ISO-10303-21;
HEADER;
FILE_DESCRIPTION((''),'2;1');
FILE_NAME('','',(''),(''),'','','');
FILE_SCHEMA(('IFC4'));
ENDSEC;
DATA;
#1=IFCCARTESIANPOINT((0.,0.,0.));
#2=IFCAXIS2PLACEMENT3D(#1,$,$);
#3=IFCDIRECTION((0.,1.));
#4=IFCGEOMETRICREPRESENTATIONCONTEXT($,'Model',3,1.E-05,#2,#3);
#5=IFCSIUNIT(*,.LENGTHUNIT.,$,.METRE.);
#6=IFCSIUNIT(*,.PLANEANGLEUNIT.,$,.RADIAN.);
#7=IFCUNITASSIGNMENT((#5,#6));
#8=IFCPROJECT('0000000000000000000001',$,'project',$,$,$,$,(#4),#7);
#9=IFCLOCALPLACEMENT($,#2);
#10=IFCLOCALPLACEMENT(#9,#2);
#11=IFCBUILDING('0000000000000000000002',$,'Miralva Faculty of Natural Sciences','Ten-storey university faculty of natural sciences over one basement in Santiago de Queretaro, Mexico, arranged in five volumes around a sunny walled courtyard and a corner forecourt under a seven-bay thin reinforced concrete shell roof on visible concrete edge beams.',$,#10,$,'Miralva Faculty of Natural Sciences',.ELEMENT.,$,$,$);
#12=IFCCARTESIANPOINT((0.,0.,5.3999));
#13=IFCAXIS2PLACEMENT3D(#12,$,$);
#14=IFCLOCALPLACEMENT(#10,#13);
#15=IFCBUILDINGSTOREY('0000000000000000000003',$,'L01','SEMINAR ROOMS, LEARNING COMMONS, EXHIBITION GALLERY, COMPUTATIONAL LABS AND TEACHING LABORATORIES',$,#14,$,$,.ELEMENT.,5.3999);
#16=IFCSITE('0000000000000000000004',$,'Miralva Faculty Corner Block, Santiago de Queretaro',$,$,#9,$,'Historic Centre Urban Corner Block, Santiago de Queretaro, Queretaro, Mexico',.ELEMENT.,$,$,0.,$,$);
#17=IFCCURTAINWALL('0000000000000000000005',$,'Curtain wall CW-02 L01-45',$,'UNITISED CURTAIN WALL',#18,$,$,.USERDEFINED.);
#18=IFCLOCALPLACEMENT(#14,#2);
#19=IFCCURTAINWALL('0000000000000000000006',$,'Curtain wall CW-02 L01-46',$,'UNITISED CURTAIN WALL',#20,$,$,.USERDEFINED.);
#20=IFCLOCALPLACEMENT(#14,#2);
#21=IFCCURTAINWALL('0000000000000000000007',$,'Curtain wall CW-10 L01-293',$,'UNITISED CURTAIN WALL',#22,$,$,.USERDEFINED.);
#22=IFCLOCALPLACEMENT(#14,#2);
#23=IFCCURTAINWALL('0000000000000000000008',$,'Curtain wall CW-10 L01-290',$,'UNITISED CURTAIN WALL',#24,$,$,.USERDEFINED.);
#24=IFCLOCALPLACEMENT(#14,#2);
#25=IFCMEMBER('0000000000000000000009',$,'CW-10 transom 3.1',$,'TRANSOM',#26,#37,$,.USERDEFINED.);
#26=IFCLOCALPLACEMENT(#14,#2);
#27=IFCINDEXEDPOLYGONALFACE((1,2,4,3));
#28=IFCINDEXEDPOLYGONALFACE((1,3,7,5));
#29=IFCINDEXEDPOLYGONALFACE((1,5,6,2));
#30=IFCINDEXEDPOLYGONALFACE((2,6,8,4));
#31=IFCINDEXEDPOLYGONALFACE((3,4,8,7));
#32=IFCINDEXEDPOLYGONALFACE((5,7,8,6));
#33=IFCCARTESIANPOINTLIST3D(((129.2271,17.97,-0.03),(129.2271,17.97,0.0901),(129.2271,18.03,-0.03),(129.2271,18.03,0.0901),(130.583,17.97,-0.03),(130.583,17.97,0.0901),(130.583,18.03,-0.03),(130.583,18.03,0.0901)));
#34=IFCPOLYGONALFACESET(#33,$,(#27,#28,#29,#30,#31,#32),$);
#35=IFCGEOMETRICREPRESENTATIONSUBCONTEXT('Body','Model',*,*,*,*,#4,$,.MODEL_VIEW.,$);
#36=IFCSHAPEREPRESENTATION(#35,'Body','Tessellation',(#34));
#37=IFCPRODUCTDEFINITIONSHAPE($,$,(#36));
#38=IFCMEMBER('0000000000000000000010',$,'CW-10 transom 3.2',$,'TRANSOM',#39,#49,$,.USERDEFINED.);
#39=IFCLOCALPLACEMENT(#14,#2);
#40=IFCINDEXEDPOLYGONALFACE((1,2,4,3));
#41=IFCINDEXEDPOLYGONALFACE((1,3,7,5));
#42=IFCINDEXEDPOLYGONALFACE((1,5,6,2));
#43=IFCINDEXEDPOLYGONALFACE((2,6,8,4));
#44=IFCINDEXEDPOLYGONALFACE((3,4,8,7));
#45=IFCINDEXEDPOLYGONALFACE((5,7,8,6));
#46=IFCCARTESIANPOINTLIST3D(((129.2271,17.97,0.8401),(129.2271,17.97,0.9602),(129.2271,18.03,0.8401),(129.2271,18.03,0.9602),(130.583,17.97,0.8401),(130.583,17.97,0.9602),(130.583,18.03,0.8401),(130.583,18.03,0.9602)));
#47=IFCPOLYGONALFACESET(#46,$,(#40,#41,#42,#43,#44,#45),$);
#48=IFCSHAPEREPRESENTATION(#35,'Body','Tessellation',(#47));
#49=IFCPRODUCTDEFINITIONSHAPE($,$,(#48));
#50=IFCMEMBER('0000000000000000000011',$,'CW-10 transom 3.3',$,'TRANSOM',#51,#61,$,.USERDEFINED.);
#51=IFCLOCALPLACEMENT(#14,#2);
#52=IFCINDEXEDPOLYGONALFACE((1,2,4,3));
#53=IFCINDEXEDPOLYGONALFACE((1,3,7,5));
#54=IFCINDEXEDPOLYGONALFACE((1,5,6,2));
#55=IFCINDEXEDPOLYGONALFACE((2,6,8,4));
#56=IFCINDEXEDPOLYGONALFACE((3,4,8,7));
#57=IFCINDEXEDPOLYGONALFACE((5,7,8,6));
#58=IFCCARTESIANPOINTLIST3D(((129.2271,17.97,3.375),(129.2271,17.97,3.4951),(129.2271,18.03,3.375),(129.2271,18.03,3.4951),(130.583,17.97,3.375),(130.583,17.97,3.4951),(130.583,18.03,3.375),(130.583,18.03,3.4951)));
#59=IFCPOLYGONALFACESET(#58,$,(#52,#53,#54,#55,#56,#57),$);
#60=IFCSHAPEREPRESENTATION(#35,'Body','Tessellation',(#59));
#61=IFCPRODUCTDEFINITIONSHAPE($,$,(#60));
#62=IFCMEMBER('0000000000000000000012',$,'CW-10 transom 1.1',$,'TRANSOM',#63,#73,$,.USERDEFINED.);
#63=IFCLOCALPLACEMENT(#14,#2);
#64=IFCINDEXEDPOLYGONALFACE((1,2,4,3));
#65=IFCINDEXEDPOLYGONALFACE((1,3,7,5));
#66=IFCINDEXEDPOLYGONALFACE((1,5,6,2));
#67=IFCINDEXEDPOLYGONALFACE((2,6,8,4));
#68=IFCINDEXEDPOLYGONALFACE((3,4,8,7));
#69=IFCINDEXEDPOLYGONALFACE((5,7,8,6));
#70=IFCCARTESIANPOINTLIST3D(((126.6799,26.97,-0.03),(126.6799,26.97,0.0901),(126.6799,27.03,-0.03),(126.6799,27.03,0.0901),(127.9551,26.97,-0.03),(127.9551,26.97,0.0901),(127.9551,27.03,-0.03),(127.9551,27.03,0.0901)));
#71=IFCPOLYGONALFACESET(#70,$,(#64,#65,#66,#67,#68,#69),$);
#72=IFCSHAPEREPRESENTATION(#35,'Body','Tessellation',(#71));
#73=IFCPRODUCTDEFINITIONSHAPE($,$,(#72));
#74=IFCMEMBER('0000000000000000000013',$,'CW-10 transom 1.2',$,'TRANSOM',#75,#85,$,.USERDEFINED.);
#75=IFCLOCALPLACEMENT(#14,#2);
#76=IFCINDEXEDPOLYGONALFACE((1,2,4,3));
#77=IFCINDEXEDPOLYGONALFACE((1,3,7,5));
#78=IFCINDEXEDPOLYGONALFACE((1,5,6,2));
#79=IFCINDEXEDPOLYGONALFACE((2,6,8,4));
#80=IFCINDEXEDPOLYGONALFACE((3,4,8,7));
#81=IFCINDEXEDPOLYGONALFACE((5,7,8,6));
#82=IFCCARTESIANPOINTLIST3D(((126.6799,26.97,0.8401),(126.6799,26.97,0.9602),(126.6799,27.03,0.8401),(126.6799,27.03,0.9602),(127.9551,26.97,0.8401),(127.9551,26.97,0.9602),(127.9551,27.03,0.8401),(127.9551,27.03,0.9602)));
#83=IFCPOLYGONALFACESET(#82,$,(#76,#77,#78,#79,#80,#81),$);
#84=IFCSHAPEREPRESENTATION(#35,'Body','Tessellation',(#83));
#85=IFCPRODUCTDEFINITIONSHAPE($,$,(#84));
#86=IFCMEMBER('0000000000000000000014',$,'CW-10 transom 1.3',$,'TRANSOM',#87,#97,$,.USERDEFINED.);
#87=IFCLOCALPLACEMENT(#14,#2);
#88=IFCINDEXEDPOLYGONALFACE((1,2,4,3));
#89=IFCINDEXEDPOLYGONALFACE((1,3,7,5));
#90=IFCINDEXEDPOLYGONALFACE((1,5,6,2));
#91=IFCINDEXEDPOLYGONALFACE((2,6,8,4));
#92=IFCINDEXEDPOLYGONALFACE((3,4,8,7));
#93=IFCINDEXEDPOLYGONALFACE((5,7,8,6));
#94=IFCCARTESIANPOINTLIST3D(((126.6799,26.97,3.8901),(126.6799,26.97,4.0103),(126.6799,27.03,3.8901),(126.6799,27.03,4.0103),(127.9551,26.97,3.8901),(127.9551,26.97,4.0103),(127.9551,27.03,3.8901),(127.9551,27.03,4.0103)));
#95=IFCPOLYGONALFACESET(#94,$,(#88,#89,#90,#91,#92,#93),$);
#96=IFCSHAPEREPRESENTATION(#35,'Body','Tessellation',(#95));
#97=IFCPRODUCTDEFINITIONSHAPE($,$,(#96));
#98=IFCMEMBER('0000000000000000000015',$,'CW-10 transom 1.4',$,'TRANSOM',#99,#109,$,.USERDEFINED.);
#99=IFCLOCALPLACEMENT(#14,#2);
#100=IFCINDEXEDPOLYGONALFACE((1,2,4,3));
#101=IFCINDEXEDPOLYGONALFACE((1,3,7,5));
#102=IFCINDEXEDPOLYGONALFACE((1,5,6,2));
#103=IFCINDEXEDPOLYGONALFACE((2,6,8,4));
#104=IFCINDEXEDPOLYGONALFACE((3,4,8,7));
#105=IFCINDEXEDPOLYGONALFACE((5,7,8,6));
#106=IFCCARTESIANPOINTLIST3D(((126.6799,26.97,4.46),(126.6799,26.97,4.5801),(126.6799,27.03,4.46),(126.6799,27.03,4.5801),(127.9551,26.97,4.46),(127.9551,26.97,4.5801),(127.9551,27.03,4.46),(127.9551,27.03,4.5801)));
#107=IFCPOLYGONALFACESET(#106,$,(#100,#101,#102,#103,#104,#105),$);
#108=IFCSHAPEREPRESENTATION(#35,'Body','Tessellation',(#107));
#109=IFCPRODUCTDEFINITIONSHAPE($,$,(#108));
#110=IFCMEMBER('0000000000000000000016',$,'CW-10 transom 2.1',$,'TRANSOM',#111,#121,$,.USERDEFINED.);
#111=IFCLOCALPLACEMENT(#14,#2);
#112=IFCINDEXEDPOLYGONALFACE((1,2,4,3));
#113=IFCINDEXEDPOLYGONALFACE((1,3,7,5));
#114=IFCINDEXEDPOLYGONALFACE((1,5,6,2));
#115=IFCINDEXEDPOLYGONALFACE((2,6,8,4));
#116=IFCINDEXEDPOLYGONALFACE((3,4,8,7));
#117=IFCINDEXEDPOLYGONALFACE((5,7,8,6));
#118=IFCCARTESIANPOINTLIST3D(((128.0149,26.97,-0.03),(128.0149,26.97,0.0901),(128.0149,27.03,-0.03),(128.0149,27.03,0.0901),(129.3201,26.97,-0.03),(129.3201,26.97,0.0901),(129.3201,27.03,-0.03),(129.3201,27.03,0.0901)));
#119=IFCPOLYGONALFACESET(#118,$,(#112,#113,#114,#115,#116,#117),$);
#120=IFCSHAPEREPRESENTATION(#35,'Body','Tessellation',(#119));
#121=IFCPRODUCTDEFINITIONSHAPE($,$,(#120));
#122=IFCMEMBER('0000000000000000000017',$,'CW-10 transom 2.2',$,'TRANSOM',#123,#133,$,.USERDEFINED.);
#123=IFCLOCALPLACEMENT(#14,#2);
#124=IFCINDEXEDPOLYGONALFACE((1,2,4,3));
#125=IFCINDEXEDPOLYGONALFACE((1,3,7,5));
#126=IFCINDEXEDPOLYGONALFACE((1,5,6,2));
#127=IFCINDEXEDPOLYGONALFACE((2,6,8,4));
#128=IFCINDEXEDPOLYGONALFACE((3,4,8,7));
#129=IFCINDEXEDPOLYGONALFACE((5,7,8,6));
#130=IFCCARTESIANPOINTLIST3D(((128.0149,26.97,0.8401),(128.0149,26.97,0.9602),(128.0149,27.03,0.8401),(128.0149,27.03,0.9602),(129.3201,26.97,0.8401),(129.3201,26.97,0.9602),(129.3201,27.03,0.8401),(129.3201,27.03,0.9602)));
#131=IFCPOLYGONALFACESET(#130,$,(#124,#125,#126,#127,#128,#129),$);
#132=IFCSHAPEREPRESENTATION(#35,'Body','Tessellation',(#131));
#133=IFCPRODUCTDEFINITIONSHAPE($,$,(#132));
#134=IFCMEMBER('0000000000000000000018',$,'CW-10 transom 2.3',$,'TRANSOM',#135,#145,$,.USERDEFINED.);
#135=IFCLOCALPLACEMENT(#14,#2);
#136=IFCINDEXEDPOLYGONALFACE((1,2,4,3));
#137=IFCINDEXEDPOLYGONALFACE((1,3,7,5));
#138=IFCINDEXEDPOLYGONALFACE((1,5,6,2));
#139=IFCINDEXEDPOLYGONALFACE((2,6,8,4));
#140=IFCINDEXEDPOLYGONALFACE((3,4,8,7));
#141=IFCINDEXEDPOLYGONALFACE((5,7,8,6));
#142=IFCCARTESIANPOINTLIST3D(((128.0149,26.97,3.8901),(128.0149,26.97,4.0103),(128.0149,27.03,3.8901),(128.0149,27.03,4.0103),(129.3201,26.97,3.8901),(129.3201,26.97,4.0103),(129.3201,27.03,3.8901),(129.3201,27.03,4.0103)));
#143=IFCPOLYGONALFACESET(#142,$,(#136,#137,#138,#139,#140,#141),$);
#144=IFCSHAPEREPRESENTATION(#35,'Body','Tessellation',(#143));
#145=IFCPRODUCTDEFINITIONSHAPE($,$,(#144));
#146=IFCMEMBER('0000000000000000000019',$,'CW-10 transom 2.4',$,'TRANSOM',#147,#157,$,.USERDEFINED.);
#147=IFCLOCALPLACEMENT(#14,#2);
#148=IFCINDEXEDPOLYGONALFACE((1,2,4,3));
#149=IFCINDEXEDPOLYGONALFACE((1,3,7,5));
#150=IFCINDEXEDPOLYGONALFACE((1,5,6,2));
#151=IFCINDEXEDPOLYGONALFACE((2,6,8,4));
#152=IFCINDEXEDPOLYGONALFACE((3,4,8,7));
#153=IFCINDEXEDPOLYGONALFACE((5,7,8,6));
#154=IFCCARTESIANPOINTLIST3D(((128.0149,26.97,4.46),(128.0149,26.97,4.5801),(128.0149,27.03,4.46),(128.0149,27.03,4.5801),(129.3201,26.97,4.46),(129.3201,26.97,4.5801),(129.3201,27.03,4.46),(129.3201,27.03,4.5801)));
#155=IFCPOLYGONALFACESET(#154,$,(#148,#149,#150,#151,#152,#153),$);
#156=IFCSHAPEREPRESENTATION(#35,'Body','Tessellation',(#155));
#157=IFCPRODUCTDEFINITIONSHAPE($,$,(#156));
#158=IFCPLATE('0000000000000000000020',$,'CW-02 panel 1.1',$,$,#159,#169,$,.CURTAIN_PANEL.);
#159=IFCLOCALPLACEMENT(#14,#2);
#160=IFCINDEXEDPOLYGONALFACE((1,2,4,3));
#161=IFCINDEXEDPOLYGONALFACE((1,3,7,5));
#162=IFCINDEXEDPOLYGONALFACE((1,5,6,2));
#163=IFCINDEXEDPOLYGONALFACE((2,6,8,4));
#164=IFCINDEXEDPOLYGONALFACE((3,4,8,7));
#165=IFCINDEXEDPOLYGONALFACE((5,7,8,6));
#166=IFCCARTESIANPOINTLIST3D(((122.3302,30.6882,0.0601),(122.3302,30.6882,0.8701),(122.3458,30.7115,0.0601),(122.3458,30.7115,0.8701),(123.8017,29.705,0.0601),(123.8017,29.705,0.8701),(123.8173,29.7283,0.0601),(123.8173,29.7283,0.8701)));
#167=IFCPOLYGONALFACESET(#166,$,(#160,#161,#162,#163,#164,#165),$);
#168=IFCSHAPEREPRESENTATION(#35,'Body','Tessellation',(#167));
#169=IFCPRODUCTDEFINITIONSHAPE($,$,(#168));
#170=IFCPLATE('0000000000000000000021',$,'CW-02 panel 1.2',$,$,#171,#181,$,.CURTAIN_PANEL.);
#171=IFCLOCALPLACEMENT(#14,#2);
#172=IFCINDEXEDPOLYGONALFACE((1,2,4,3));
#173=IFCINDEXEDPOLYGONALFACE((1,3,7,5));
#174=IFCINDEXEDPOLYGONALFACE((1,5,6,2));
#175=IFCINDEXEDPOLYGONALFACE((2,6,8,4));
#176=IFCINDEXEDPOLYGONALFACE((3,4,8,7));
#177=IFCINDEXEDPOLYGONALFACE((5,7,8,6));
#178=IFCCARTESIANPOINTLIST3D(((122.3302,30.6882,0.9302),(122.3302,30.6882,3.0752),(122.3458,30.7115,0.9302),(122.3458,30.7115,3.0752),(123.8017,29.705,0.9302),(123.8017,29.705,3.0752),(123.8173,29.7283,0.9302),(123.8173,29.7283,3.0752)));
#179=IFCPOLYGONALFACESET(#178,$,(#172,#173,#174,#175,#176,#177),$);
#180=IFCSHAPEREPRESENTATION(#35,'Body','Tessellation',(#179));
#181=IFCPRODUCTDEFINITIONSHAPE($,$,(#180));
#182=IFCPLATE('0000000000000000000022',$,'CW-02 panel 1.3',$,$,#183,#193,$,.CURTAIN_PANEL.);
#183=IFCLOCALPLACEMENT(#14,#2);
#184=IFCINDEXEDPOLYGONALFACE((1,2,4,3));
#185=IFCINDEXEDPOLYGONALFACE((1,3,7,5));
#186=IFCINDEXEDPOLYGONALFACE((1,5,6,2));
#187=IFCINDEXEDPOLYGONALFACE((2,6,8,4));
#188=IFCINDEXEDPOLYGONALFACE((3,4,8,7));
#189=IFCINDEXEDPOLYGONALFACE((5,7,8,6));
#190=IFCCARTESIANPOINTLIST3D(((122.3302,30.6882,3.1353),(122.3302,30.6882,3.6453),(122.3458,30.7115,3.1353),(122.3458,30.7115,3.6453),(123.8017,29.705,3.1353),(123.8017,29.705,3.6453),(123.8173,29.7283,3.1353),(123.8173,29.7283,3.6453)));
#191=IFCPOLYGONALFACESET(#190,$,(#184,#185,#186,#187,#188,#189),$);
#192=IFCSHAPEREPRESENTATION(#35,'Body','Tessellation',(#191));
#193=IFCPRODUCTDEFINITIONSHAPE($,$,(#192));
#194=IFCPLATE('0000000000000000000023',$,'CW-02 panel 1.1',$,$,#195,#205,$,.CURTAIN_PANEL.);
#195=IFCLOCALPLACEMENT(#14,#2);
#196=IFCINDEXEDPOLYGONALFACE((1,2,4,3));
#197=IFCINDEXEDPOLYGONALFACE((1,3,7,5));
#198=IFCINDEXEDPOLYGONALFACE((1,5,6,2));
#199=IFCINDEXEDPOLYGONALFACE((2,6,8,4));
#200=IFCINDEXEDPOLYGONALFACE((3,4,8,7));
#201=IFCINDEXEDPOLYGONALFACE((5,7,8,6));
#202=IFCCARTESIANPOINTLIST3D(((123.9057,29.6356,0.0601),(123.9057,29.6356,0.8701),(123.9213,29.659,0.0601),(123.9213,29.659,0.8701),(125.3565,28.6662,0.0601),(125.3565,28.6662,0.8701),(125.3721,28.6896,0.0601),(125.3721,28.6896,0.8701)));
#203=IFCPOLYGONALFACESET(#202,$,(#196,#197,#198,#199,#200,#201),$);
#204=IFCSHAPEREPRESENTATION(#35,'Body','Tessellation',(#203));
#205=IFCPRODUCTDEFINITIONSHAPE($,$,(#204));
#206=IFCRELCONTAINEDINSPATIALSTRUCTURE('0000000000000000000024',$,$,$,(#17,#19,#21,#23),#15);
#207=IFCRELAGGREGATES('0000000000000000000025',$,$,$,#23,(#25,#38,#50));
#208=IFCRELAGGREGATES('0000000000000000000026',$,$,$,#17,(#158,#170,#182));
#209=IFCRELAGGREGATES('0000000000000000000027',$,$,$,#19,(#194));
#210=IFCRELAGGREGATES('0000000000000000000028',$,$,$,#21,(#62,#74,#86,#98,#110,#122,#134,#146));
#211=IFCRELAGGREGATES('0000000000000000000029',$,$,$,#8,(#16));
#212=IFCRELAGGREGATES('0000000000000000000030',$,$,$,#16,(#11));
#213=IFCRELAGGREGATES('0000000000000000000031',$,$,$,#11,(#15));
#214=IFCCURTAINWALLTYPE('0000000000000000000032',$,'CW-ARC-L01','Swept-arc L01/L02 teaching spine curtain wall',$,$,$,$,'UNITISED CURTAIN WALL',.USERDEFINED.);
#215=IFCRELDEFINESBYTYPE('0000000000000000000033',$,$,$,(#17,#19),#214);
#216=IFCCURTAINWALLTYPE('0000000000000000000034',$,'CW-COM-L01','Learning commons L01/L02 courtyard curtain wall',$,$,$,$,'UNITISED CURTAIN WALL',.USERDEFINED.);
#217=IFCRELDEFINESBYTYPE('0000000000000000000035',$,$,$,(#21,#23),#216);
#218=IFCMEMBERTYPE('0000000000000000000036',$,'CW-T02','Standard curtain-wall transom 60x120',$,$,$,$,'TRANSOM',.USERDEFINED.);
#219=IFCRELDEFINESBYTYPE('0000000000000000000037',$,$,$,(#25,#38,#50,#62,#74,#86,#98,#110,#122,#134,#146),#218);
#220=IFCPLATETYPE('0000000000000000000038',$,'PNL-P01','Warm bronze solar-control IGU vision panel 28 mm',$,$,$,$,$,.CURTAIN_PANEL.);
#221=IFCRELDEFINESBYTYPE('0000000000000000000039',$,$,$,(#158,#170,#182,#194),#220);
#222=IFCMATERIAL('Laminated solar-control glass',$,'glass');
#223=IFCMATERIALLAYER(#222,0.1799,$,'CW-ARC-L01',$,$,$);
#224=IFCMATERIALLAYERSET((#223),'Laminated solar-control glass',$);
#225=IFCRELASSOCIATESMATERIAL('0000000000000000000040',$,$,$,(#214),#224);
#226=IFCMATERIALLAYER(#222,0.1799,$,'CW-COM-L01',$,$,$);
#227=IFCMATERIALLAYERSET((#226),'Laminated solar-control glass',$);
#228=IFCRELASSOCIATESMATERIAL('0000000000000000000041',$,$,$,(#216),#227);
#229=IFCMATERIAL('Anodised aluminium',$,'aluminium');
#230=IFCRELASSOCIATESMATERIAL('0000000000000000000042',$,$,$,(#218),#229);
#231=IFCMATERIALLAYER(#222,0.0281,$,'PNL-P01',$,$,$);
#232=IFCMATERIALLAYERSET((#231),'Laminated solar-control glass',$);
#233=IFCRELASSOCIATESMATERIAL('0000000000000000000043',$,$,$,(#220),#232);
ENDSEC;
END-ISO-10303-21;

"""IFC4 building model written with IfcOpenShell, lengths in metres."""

from ifc_helpers import new_model, si_unit, direction, frame, origin, origin_2d, place, context, subcontext, project, spatial, rectangle, extrude, material, layer, layer_set, material_profile, profile_set, type_object, element, aggregate, save


model = new_model("IFC4")

# Units and contexts
model_context = context("Model", 3, precision=1e-05, world=origin(), true_north=direction((0.0, 1.0)))
body_context = subcontext(model_context, "Body", "Model", "MODEL_VIEW")
ifc_project = project(units=[si_unit("LENGTHUNIT", "METRE"), si_unit("PLANEANGLEUNIT", "RADIAN")], contexts=[model_context])

# Site, building, storey
site_placement = place(None, origin())
site = spatial("IfcSite", under=ifc_project, at=site_placement, Name="Miralva Faculty Corner Block, Santiago de Queretaro", LongName="Historic Centre Urban Corner Block, Santiago de Queretaro, Queretaro, Mexico", CompositionType="ELEMENT", RefElevation=0.0)
building_placement = place(site_placement, origin())
building = spatial("IfcBuilding", under=site, at=building_placement, Name="Miralva Faculty of Natural Sciences", Description="Ten-storey university faculty of natural sciences over one basement in Santiago de Queretaro, Mexico, arranged in five volumes around a sunny walled courtyard and a corner forecourt under a seven-bay thin reinforced concrete shell roof on visible concrete edge beams.", LongName="Miralva Faculty of Natural Sciences", CompositionType="ELEMENT")
storey_placement = place(building_placement, frame((0.0, 0.0, 5.3999)))
storey = spatial("IfcBuildingStorey", under=building, at=storey_placement, Name="L01", Description="SEMINAR ROOMS, LEARNING COMMONS, EXHIBITION GALLERY, COMPUTATIONAL LABS AND TEACHING LABORATORIES", CompositionType="ELEMENT", Elevation=5.3999)

# Curtain wall
ifc_material_1 = material(Name="Laminated solar-control glass", Category="glass")
ifc_layer_1 = layer(ifc_material_1, 0.1799, Name="CW-ARC-L01")
ifc_layer_set_1 = layer_set([ifc_layer_1], Name="Laminated solar-control glass")
curtain_wall_type_1 = type_object("IfcCurtainWallType", Name="CW-ARC-L01", Description="Swept-arc L01/L02 teaching spine curtain wall", ElementType="UNITISED CURTAIN WALL", PredefinedType="USERDEFINED", material=ifc_layer_set_1)
curtain_wall_1_placement = place(storey_placement, origin())
curtain_wall_1 = element("IfcCurtainWall", 1, at=curtain_wall_1_placement, inside=storey, type_object=curtain_wall_type_1, Name="Curtain wall CW-02 L01-45", ObjectType="UNITISED CURTAIN WALL", PredefinedType="USERDEFINED")
ifc_material_2 = material(Name="Anodised aluminium", Category="aluminium")

# Curtain walls
curtain_wall_2_placement = place(storey_placement, origin())
curtain_wall_2 = element("IfcCurtainWall", 2, at=curtain_wall_2_placement, inside=storey, type_object=curtain_wall_type_1, Name="Curtain wall CW-02 L01-46", ObjectType="UNITISED CURTAIN WALL", PredefinedType="USERDEFINED")
ifc_layer_2 = layer(ifc_material_1, 0.1799, Name="CW-COM-L01")
ifc_layer_set_2 = layer_set([ifc_layer_2], Name="Laminated solar-control glass")
curtain_wall_type_2 = type_object("IfcCurtainWallType", Name="CW-COM-L01", Description="Learning commons L01/L02 courtyard curtain wall", ElementType="UNITISED CURTAIN WALL", PredefinedType="USERDEFINED", material=ifc_layer_set_2)
curtain_wall_3_placement = place(storey_placement, origin())
curtain_wall_3 = element("IfcCurtainWall", 3, at=curtain_wall_3_placement, inside=storey, type_object=curtain_wall_type_2, Name="Curtain wall CW-10 L01-293", ObjectType="UNITISED CURTAIN WALL", PredefinedType="USERDEFINED")

# Shared definitions
ifc_material_profile_1 = material_profile(ifc_material_2, rectangle(XDim=0.0601, YDim=0.1201, at=origin_2d()), Name="TRANSOM 60x120")
ifc_profile_set_1 = profile_set([ifc_material_profile_1], Name="Anodised aluminium")
member_type_1 = type_object("IfcMemberType", Name="CW-T02", Description="Standard curtain-wall transom 60x120", ElementType="TRANSOM", PredefinedType="USERDEFINED", material=ifc_profile_set_1)

# Curtain wall, members
curtain_wall_4_placement = place(storey_placement, origin())
curtain_wall_4 = element("IfcCurtainWall", 4, at=curtain_wall_4_placement, inside=storey, type_object=curtain_wall_type_2, Name="Curtain wall CW-10 L01-290", ObjectType="UNITISED CURTAIN WALL", PredefinedType="USERDEFINED")
member_1_placement = place(storey_placement, frame((129.2271, 18.0, 0.03), z_axis=(1.0, 0.0, 0.0), x_axis=(0.0, 1.0, 0.0)))
member_1 = element("IfcMember", 5, at=member_1_placement, type_object=member_type_1, Name="CW-10 transom 3.1", ObjectType="TRANSOM", PredefinedType="USERDEFINED", context=body_context, shape_type="SweptSolid", body=[
    extrude(rectangle(XDim=0.0601, YDim=0.1201, at=origin_2d()), origin(), (0.0, 0.0, 1.0), 1.356),
])
member_2_placement = place(storey_placement, frame((129.2271, 18.0, 0.9001), z_axis=(1.0, 0.0, 0.0), x_axis=(0.0, 1.0, 0.0)))
member_2 = element("IfcMember", 6, at=member_2_placement, type_object=member_type_1, Name="CW-10 transom 3.2", ObjectType="TRANSOM", PredefinedType="USERDEFINED", context=body_context, shape_type="SweptSolid", body=[
    extrude(rectangle(XDim=0.0601, YDim=0.1201, at=origin_2d()), origin(), (0.0, 0.0, 1.0), 1.356),
])
member_3_placement = place(storey_placement, frame((129.2271, 18.0, 3.4351), z_axis=(1.0, 0.0, 0.0), x_axis=(0.0, 1.0, 0.0)))
member_3 = element("IfcMember", 7, at=member_3_placement, type_object=member_type_1, Name="CW-10 transom 3.3", ObjectType="TRANSOM", PredefinedType="USERDEFINED", context=body_context, shape_type="SweptSolid", body=[
    extrude(rectangle(XDim=0.0601, YDim=0.1201, at=origin_2d()), origin(), (0.0, 0.0, 1.0), 1.356),
])
aggregate(curtain_wall_4, [member_1, member_2, member_3])

# Members
member_4_placement = place(storey_placement, frame((126.6799, 27.0, 0.03), z_axis=(1.0, 0.0, 0.0), x_axis=(0.0, 1.0, 0.0)))
member_4 = element("IfcMember", 8, at=member_4_placement, type_object=member_type_1, Name="CW-10 transom 1.1", ObjectType="TRANSOM", PredefinedType="USERDEFINED", context=body_context, shape_type="SweptSolid", body=[
    extrude(rectangle(XDim=0.0601, YDim=0.1201, at=origin_2d()), origin(), (0.0, 0.0, 1.0), 1.2751),
])
member_5_placement = place(storey_placement, frame((126.6799, 27.0, 0.9001), z_axis=(1.0, 0.0, 0.0), x_axis=(0.0, 1.0, 0.0)))
member_5 = element("IfcMember", 9, at=member_5_placement, type_object=member_type_1, Name="CW-10 transom 1.2", ObjectType="TRANSOM", PredefinedType="USERDEFINED", context=body_context, shape_type="SweptSolid", body=[
    extrude(rectangle(XDim=0.0601, YDim=0.1201, at=origin_2d()), origin(), (0.0, 0.0, 1.0), 1.2751),
])
member_6_placement = place(storey_placement, frame((126.6799, 27.0, 3.9502), z_axis=(1.0, 0.0, 0.0), x_axis=(0.0, 1.0, 0.0)))
member_6 = element("IfcMember", 10, at=member_6_placement, type_object=member_type_1, Name="CW-10 transom 1.3", ObjectType="TRANSOM", PredefinedType="USERDEFINED", context=body_context, shape_type="SweptSolid", body=[
    extrude(rectangle(XDim=0.0601, YDim=0.1201, at=origin_2d()), origin(), (0.0, 0.0, 1.0), 1.2751),
])
member_7_placement = place(storey_placement, frame((126.6799, 27.0, 4.52), z_axis=(1.0, 0.0, 0.0), x_axis=(0.0, 1.0, 0.0)))
member_7 = element("IfcMember", 11, at=member_7_placement, type_object=member_type_1, Name="CW-10 transom 1.4", ObjectType="TRANSOM", PredefinedType="USERDEFINED", context=body_context, shape_type="SweptSolid", body=[
    extrude(rectangle(XDim=0.0601, YDim=0.1201, at=origin_2d()), origin(), (0.0, 0.0, 1.0), 1.2751),
])
member_8_placement = place(storey_placement, frame((128.0149, 27.0, 0.03), z_axis=(1.0, 0.0, 0.0), x_axis=(0.0, 1.0, 0.0)))
member_8 = element("IfcMember", 12, at=member_8_placement, type_object=member_type_1, Name="CW-10 transom 2.1", ObjectType="TRANSOM", PredefinedType="USERDEFINED", context=body_context, shape_type="SweptSolid", body=[
    extrude(rectangle(XDim=0.0601, YDim=0.1201, at=origin_2d()), origin(), (0.0, 0.0, 1.0), 1.3052),
])
member_9_placement = place(storey_placement, frame((128.0149, 27.0, 0.9001), z_axis=(1.0, 0.0, 0.0), x_axis=(0.0, 1.0, 0.0)))
member_9 = element("IfcMember", 13, at=member_9_placement, type_object=member_type_1, Name="CW-10 transom 2.2", ObjectType="TRANSOM", PredefinedType="USERDEFINED", context=body_context, shape_type="SweptSolid", body=[
    extrude(rectangle(XDim=0.0601, YDim=0.1201, at=origin_2d()), origin(), (0.0, 0.0, 1.0), 1.3052),
])
member_10_placement = place(storey_placement, frame((128.0149, 27.0, 3.9502), z_axis=(1.0, 0.0, 0.0), x_axis=(0.0, 1.0, 0.0)))
member_10 = element("IfcMember", 14, at=member_10_placement, type_object=member_type_1, Name="CW-10 transom 2.3", ObjectType="TRANSOM", PredefinedType="USERDEFINED", context=body_context, shape_type="SweptSolid", body=[
    extrude(rectangle(XDim=0.0601, YDim=0.1201, at=origin_2d()), origin(), (0.0, 0.0, 1.0), 1.3052),
])
member_11_placement = place(storey_placement, frame((128.0149, 27.0, 4.52), z_axis=(1.0, 0.0, 0.0), x_axis=(0.0, 1.0, 0.0)))
member_11 = element("IfcMember", 15, at=member_11_placement, type_object=member_type_1, Name="CW-10 transom 2.4", ObjectType="TRANSOM", PredefinedType="USERDEFINED", context=body_context, shape_type="SweptSolid", body=[
    extrude(rectangle(XDim=0.0601, YDim=0.1201, at=origin_2d()), origin(), (0.0, 0.0, 1.0), 1.3052),
])

# Plates
ifc_layer_3 = layer(ifc_material_1, 0.0281, Name="PNL-P01")
ifc_layer_set_3 = layer_set([ifc_layer_3], Name="Laminated solar-control glass")
plate_type = type_object("IfcPlateType", Name="PNL-P01", Description="Warm bronze solar-control IGU vision panel 28 mm", PredefinedType="CURTAIN_PANEL", material=ifc_layer_set_3)
plate_1_placement = place(storey_placement, frame((123.0737, 30.2083, 0.0601), z_axis=(0.0, 0.0, 1.0), x_axis=(0.831475, -0.555562, 0.0)))
plate_1 = element("IfcPlate", 16, at=plate_1_placement, type_object=plate_type, Name="CW-02 panel 1.1", PredefinedType="CURTAIN_PANEL", context=body_context, shape_type="SweptSolid", body=[
    extrude(rectangle(XDim=1.7698, YDim=0.0281, at=origin_2d()), origin(), (0.0, 0.0, 1.0), 0.8101),
])
plate_2_placement = place(storey_placement, frame((123.0737, 30.2083, 0.9302), z_axis=(0.0, 0.0, 1.0), x_axis=(0.831475, -0.555562, 0.0)))
plate_2 = element("IfcPlate", 17, at=plate_2_placement, type_object=plate_type, Name="CW-02 panel 1.2", PredefinedType="CURTAIN_PANEL", context=body_context, shape_type="SweptSolid", body=[
    extrude(rectangle(XDim=1.7698, YDim=0.0281, at=origin_2d()), origin(), (0.0, 0.0, 1.0), 2.145),
])
plate_3_placement = place(storey_placement, frame((123.0737, 30.2083, 3.1353), z_axis=(0.0, 0.0, 1.0), x_axis=(0.831475, -0.555562, 0.0)))
plate_3 = element("IfcPlate", 18, at=plate_3_placement, type_object=plate_type, Name="CW-02 panel 1.3", PredefinedType="CURTAIN_PANEL", context=body_context, shape_type="SweptSolid", body=[
    extrude(rectangle(XDim=1.7698, YDim=0.0281, at=origin_2d()), origin(), (0.0, 0.0, 1.0), 0.51),
])
aggregate(curtain_wall_1, [plate_1, plate_2, plate_3])
plate_4_placement = place(storey_placement, frame((124.6389, 29.1626, 0.0601), z_axis=(0.0, 0.0, 1.0), x_axis=(0.831475, -0.555562, 0.0)))
plate_4 = element("IfcPlate", 19, at=plate_4_placement, type_object=plate_type, Name="CW-02 panel 1.1", PredefinedType="CURTAIN_PANEL", context=body_context, shape_type="SweptSolid", body=[
    extrude(rectangle(XDim=1.7449, YDim=0.0281, at=origin_2d()), origin(), (0.0, 0.0, 1.0), 0.8101),
])
aggregate(curtain_wall_2, [plate_4])
aggregate(curtain_wall_3, [member_4, member_5, member_6, member_7, member_8, member_9, member_10, member_11])

save(model, "model.ifc")
